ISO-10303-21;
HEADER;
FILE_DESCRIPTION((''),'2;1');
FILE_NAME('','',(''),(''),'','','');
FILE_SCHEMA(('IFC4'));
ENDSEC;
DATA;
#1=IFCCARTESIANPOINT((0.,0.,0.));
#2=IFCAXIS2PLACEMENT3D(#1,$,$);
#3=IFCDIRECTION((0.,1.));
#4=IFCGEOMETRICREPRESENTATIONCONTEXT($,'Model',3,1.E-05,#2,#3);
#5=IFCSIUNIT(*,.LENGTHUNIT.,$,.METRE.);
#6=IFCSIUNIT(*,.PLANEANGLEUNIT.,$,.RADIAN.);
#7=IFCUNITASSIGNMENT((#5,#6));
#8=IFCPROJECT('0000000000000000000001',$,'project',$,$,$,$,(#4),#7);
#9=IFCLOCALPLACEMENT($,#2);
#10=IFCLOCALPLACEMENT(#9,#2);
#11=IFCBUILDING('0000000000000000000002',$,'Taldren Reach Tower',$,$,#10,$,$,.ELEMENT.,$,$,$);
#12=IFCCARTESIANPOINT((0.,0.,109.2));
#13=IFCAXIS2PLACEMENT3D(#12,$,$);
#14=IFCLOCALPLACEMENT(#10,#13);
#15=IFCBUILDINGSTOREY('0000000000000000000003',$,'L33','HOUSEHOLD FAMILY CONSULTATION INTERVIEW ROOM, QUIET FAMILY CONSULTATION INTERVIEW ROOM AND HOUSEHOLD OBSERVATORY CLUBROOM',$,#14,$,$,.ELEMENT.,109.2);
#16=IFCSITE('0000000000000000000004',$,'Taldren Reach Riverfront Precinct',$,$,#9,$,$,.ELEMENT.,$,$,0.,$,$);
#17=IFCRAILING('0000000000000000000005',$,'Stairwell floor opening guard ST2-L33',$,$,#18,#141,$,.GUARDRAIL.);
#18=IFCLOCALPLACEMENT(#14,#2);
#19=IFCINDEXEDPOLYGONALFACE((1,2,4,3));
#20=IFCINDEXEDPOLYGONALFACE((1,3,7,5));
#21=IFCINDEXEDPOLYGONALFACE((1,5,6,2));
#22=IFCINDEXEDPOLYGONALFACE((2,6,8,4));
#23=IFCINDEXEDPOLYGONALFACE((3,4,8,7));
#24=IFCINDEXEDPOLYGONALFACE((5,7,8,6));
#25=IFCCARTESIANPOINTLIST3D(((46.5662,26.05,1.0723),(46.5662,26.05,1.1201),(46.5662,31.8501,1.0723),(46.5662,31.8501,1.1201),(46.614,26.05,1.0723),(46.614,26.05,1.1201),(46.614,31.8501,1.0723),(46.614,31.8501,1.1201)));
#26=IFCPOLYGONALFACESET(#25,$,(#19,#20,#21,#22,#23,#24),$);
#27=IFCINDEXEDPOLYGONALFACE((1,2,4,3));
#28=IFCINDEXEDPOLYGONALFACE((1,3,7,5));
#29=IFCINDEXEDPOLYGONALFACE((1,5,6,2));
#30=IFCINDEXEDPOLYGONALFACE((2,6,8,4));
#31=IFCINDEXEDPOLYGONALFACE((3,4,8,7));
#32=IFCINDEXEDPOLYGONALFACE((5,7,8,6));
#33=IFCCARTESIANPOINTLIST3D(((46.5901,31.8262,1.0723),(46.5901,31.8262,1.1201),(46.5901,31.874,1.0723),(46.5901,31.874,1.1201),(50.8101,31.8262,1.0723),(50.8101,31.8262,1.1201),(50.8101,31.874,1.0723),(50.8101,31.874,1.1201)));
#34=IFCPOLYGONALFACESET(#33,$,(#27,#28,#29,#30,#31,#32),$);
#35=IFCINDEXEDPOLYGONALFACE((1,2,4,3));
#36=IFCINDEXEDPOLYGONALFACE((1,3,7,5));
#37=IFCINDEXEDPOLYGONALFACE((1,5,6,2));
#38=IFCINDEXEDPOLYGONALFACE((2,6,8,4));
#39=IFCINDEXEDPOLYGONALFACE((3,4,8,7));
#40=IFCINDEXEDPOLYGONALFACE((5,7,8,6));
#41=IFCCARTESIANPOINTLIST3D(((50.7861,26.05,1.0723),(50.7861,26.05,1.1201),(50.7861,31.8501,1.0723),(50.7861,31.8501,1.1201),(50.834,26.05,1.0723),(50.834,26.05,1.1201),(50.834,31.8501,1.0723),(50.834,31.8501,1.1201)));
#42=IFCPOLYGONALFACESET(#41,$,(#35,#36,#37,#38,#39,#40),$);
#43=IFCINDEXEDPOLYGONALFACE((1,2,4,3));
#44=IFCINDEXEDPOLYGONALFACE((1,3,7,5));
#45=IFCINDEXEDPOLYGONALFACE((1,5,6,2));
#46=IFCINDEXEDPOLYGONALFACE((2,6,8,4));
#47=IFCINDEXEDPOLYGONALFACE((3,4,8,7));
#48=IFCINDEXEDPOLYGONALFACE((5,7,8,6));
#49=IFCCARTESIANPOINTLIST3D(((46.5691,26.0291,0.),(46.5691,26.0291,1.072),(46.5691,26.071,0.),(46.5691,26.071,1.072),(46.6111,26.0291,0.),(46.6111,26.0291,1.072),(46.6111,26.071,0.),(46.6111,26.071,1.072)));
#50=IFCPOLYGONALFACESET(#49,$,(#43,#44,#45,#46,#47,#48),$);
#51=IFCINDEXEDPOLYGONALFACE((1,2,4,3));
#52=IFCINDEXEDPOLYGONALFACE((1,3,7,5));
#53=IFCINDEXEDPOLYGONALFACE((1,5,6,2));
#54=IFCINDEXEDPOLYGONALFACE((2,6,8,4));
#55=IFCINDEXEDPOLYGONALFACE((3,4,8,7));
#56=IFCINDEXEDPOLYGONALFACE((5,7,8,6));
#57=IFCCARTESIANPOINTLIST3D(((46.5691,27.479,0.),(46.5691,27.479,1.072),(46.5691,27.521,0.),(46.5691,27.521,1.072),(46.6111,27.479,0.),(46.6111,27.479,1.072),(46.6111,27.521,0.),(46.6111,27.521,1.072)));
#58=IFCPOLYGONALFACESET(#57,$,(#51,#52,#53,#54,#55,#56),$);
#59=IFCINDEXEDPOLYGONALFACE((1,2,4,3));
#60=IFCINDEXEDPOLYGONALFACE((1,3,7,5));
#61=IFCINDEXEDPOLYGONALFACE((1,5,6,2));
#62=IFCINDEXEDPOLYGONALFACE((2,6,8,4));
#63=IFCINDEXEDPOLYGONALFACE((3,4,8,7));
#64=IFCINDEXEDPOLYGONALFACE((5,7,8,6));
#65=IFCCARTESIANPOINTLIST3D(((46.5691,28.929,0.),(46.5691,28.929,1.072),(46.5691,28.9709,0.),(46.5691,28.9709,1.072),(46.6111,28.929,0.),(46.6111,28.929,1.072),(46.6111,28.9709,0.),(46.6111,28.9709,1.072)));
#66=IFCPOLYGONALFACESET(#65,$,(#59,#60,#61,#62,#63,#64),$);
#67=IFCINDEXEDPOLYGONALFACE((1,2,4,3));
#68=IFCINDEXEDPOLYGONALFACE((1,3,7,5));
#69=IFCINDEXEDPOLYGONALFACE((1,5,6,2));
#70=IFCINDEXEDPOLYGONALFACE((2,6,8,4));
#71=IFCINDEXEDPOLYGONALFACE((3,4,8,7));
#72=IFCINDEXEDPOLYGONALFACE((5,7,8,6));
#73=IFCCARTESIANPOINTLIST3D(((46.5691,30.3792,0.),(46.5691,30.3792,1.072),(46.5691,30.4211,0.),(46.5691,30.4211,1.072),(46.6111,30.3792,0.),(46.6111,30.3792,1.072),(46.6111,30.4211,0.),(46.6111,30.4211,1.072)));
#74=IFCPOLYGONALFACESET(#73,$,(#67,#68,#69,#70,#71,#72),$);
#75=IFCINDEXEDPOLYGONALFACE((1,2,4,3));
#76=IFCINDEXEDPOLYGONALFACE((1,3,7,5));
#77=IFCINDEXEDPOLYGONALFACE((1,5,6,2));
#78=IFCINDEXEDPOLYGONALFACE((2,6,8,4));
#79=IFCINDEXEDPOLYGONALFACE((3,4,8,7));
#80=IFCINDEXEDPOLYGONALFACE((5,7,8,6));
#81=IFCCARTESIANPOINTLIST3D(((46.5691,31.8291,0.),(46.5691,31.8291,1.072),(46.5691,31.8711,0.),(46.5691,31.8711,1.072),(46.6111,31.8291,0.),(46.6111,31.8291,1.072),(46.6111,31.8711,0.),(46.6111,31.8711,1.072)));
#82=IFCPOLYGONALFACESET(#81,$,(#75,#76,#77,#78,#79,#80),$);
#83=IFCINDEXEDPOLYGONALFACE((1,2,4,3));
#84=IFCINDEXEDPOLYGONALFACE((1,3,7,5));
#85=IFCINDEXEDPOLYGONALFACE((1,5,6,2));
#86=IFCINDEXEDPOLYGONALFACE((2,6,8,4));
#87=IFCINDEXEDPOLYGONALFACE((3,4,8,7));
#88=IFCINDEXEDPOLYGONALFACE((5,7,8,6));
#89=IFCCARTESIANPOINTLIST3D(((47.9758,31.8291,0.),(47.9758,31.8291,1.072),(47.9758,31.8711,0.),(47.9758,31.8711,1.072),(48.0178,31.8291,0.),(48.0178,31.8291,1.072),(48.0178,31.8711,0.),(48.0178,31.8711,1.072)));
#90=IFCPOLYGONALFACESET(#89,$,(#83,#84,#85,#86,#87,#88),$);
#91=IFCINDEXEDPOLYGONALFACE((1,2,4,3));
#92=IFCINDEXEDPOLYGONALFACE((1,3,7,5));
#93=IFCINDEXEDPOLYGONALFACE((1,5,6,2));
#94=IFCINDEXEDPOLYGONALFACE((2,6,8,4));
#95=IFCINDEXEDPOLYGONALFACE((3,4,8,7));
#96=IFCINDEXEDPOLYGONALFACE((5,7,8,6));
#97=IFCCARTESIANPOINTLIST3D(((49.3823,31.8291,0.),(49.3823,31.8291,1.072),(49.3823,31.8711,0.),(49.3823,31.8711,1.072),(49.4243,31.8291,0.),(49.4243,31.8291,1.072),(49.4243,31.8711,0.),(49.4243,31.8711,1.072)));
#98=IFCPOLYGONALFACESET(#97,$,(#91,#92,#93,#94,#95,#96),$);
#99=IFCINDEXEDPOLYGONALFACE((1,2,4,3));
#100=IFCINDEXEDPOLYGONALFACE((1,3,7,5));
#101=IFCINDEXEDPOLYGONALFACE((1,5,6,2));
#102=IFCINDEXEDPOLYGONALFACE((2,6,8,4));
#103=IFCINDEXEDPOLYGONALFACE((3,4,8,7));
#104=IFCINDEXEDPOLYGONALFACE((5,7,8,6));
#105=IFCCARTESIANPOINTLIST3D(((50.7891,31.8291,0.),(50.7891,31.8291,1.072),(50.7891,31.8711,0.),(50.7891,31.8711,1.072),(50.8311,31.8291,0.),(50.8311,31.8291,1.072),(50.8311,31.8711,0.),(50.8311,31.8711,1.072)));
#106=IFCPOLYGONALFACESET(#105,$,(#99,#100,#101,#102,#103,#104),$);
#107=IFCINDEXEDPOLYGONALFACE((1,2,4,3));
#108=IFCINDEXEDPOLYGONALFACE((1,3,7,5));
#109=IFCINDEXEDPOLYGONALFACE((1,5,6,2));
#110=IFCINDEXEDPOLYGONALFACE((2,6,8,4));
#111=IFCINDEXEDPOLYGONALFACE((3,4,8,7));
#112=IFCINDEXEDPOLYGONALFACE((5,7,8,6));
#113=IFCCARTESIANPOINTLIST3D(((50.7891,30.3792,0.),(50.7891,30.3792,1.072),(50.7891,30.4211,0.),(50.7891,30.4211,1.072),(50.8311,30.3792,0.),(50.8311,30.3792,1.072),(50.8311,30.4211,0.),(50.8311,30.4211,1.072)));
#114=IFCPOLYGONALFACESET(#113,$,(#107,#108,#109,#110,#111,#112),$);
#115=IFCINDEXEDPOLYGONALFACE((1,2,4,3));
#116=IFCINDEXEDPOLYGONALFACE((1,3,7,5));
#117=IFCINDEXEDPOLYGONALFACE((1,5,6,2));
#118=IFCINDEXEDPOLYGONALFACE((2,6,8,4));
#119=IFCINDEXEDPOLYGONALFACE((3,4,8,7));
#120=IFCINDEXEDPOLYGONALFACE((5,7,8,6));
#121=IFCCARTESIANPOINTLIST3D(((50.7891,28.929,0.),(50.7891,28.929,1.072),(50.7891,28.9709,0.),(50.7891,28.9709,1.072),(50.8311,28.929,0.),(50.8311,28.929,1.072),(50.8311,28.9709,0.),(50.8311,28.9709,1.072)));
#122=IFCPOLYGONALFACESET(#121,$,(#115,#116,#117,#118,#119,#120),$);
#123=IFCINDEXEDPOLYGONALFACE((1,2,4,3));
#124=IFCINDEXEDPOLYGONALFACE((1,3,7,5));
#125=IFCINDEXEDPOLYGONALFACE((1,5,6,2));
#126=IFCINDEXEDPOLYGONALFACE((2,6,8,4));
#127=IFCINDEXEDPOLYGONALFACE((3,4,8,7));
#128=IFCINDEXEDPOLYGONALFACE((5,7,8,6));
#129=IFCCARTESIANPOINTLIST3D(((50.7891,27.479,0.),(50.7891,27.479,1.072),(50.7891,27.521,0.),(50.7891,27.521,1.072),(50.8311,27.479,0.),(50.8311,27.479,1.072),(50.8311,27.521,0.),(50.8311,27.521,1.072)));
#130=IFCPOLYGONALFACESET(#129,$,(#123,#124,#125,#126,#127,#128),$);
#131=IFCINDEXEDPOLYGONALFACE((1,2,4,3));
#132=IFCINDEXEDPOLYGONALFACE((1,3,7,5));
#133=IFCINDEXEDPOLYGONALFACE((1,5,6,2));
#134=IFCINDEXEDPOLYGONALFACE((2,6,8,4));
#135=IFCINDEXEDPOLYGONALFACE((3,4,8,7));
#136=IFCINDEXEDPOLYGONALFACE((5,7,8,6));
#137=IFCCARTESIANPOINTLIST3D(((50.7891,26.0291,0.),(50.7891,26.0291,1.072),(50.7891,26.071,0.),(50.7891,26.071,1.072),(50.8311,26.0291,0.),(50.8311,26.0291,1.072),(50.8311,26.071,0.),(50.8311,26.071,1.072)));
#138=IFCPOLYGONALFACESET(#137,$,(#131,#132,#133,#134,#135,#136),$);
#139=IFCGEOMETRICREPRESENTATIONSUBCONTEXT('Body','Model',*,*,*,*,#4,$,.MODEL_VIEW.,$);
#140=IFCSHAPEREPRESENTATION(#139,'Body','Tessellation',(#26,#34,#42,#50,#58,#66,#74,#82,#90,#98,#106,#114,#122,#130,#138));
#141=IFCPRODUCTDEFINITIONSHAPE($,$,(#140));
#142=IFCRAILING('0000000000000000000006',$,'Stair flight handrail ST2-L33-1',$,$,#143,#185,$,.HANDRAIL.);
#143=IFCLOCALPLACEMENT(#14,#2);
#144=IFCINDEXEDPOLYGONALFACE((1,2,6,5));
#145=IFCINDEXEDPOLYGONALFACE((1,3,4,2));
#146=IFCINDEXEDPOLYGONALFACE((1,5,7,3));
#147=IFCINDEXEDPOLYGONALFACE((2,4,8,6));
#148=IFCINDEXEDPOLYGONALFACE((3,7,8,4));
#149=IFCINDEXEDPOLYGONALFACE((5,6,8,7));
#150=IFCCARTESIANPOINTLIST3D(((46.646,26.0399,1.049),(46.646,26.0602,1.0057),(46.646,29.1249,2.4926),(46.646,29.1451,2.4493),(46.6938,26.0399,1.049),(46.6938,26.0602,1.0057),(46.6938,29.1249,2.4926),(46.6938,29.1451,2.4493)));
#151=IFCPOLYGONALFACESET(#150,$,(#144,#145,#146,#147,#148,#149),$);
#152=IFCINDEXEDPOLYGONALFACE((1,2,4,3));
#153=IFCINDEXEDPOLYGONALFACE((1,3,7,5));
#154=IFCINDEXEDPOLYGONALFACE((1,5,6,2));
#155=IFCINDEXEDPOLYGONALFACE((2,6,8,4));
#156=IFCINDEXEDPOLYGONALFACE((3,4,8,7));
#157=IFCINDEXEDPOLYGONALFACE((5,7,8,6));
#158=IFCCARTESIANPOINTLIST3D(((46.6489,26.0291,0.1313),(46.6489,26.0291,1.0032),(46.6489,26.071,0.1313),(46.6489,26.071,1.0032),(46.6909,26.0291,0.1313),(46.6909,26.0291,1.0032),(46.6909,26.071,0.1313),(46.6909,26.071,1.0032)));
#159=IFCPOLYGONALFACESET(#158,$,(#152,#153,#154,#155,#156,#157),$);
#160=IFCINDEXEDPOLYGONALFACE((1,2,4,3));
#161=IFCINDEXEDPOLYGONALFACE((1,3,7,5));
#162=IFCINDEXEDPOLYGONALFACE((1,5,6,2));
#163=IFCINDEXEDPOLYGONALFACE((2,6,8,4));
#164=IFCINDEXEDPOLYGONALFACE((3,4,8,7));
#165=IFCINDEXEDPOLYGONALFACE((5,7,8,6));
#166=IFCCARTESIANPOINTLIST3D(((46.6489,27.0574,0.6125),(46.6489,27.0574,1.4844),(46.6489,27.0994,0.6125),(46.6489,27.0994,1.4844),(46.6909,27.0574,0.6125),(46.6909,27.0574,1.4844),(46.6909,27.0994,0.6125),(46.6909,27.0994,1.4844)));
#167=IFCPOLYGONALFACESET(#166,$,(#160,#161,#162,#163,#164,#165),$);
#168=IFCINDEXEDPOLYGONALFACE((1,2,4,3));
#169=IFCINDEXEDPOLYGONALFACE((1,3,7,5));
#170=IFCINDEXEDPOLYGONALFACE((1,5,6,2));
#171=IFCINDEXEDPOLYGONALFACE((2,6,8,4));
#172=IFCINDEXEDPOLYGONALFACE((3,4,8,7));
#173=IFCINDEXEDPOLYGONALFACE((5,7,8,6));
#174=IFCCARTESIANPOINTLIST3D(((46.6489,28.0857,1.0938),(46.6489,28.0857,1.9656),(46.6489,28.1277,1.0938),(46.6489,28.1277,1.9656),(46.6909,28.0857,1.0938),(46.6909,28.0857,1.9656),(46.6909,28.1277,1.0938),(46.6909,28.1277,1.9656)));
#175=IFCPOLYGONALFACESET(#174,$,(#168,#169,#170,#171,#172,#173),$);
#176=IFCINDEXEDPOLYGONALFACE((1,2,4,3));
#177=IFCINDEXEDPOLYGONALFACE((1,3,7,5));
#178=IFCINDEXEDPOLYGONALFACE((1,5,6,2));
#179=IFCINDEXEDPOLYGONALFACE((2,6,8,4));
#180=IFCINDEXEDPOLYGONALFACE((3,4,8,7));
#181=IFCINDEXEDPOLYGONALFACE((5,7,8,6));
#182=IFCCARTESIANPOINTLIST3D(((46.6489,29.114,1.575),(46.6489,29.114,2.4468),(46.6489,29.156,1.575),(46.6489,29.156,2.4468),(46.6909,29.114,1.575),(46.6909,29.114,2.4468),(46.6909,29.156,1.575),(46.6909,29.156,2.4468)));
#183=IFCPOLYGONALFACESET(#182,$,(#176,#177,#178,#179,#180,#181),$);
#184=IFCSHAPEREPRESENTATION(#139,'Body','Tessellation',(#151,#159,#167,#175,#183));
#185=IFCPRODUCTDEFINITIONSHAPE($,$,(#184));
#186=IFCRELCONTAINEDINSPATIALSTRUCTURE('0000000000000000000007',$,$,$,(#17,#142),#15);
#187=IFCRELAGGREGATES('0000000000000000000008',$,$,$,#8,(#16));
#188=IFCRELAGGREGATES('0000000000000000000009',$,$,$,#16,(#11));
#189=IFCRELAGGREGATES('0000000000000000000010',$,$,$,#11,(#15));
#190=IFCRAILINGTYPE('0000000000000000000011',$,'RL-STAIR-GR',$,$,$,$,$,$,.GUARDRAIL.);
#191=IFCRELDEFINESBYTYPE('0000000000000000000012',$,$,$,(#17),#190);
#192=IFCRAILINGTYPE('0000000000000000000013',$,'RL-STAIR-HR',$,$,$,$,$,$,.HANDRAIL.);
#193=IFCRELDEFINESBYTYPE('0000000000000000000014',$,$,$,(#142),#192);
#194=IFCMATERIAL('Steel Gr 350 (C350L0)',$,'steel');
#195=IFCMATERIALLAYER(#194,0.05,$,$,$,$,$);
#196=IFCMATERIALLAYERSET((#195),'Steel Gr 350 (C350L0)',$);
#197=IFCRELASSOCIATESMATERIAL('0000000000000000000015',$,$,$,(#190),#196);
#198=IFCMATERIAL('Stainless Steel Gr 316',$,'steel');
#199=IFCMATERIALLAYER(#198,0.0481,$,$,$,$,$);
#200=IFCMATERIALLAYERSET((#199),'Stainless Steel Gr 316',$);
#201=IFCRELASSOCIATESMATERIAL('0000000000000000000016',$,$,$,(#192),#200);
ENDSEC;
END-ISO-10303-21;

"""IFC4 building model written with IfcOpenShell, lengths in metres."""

from ifc_helpers import new_model, si_unit, direction, frame, origin, origin_2d, place, context, subcontext, project, spatial, rectangle, extrude, material, layer, layer_set, type_object, element, save


model = new_model("IFC4")

# Units and contexts
model_context = context("Model", 3, precision=1e-05, world=origin(), true_north=direction((0.0, 1.0)))
body_context = subcontext(model_context, "Body", "Model", "MODEL_VIEW")
ifc_project = project(units=[si_unit("LENGTHUNIT", "METRE"), si_unit("PLANEANGLEUNIT", "RADIAN")], contexts=[model_context])

# Site, building, storey
site_placement = place(None, origin())
site = spatial("IfcSite", under=ifc_project, at=site_placement, Name="Taldren Reach Riverfront Precinct", CompositionType="ELEMENT", RefElevation=0.0)
building_placement = place(site_placement, origin())
building = spatial("IfcBuilding", under=site, at=building_placement, Name="Taldren Reach Tower", CompositionType="ELEMENT")
storey_placement = place(building_placement, frame((0.0, 0.0, 109.2)))
storey = spatial("IfcBuildingStorey", under=building, at=storey_placement, Name="L33", Description="HOUSEHOLD FAMILY CONSULTATION INTERVIEW ROOM, QUIET FAMILY CONSULTATION INTERVIEW ROOM AND HOUSEHOLD OBSERVATORY CLUBROOM", CompositionType="ELEMENT", Elevation=109.2)

# Railings
ifc_material_1 = material(Name="Steel Gr 350 (C350L0)", Category="steel")
ifc_layer_1 = layer(ifc_material_1, 0.05)
ifc_layer_set_1 = layer_set([ifc_layer_1], Name="Steel Gr 350 (C350L0)")
railing_type_1 = type_object("IfcRailingType", Name="RL-STAIR-GR", PredefinedType="GUARDRAIL", material=ifc_layer_set_1)
railing_1_placement = place(storey_placement, frame((46.5901, 26.05, 0.0)))
element("IfcRailing", 1, at=railing_1_placement, inside=storey, type_object=railing_type_1, Name="Stairwell floor opening guard ST2-L33", PredefinedType="GUARDRAIL", context=body_context, shape_type="SweptSolid", body=[
    extrude(rectangle(XDim=0.0479, YDim=0.0479, at=origin_2d()), frame((0.0, 0.0, 1.0962), z_axis=(0.0, 1.0, 0.0), x_axis=(-1.0, 0.0, 0.0)), (0.0, 0.0, 1.0), 5.8),
    extrude(rectangle(XDim=0.0479, YDim=0.0479, at=origin_2d()), frame((0.0, 5.8, 1.0962), z_axis=(1.0, 0.0, 0.0), x_axis=(0.0, 1.0, 0.0)), (0.0, 0.0, 1.0), 4.22),
    extrude(rectangle(XDim=0.0479, YDim=0.0479, at=origin_2d()), frame((4.22, 5.8, 1.0962), z_axis=(0.0, -1.0, 0.0), x_axis=(1.0, 0.0, 0.0)), (0.0, 0.0, 1.0), 5.8),
    extrude(rectangle(XDim=0.042, YDim=0.042, at=origin_2d()), origin(), (0.0, 0.0, 1.0), 1.072),
    extrude(rectangle(XDim=0.042, YDim=0.042, at=origin_2d()), frame((0.0, 1.45, 0.0)), (0.0, 0.0, 1.0), 1.072),
    extrude(rectangle(XDim=0.042, YDim=0.042, at=origin_2d()), frame((0.0, 2.8999, 0.0)), (0.0, 0.0, 1.0), 1.072),
    extrude(rectangle(XDim=0.042, YDim=0.042, at=origin_2d()), frame((0.0, 4.3501, 0.0)), (0.0, 0.0, 1.0), 1.072),
    extrude(rectangle(XDim=0.042, YDim=0.042, at=origin_2d()), frame((0.0, 5.8, 0.0)), (0.0, 0.0, 1.0), 1.072),
    extrude(rectangle(XDim=0.042, YDim=0.042, at=origin_2d()), frame((1.4067, 5.8, 0.0)), (0.0, 0.0, 1.0), 1.072),
    extrude(rectangle(XDim=0.042, YDim=0.042, at=origin_2d()), frame((2.8132, 5.8, 0.0)), (0.0, 0.0, 1.0), 1.072),
    extrude(rectangle(XDim=0.042, YDim=0.042, at=origin_2d()), frame((4.22, 5.8, 0.0)), (0.0, 0.0, 1.0), 1.072),
    extrude(rectangle(XDim=0.042, YDim=0.042, at=origin_2d()), frame((4.22, 4.3501, 0.0)), (0.0, 0.0, 1.0), 1.072),
    extrude(rectangle(XDim=0.042, YDim=0.042, at=origin_2d()), frame((4.22, 2.8999, 0.0)), (0.0, 0.0, 1.0), 1.072),
    extrude(rectangle(XDim=0.042, YDim=0.042, at=origin_2d()), frame((4.22, 1.45, 0.0)), (0.0, 0.0, 1.0), 1.072),
    extrude(rectangle(XDim=0.042, YDim=0.042, at=origin_2d()), frame((4.22, 0.0, 0.0)), (0.0, 0.0, 1.0), 1.072),
])
ifc_material_2 = material(Name="Stainless Steel Gr 316", Category="steel")
ifc_layer_2 = layer(ifc_material_2, 0.0481)
ifc_layer_set_2 = layer_set([ifc_layer_2], Name="Stainless Steel Gr 316")
railing_type_2 = type_object("IfcRailingType", Name="RL-STAIR-HR", PredefinedType="HANDRAIL", material=ifc_layer_set_2)
railing_2_placement = place(storey_placement, frame((46.6699, 26.05, 0.1313)))
element("IfcRailing", 2, at=railing_2_placement, inside=storey, type_object=railing_type_2, Name="Stair flight handrail ST2-L33-1", PredefinedType="HANDRAIL", context=body_context, shape_type="SweptSolid", body=[
    extrude(rectangle(XDim=0.0479, YDim=0.0479, at=origin_2d()), frame((0.0, 0.0, 0.896), z_axis=(0.0, 0.905738, 0.423839), x_axis=(-1.0, 0.0, 0.0)), (0.0, 0.0, 1.0), 3.406),
    extrude(rectangle(XDim=0.042, YDim=0.042, at=origin_2d()), origin(), (0.0, 0.0, 1.0), 0.8718),
    extrude(rectangle(XDim=0.042, YDim=0.042, at=origin_2d()), frame((0.0, 1.0283, 0.4812)), (0.0, 0.0, 1.0), 0.8718),
    extrude(rectangle(XDim=0.042, YDim=0.042, at=origin_2d()), frame((0.0, 2.0566, 0.9624)), (0.0, 0.0, 1.0), 0.8718),
    extrude(rectangle(XDim=0.042, YDim=0.042, at=origin_2d()), frame((0.0, 3.085, 1.4436)), (0.0, 0.0, 1.0), 0.8718),
])

save(model, "model.ifc")
